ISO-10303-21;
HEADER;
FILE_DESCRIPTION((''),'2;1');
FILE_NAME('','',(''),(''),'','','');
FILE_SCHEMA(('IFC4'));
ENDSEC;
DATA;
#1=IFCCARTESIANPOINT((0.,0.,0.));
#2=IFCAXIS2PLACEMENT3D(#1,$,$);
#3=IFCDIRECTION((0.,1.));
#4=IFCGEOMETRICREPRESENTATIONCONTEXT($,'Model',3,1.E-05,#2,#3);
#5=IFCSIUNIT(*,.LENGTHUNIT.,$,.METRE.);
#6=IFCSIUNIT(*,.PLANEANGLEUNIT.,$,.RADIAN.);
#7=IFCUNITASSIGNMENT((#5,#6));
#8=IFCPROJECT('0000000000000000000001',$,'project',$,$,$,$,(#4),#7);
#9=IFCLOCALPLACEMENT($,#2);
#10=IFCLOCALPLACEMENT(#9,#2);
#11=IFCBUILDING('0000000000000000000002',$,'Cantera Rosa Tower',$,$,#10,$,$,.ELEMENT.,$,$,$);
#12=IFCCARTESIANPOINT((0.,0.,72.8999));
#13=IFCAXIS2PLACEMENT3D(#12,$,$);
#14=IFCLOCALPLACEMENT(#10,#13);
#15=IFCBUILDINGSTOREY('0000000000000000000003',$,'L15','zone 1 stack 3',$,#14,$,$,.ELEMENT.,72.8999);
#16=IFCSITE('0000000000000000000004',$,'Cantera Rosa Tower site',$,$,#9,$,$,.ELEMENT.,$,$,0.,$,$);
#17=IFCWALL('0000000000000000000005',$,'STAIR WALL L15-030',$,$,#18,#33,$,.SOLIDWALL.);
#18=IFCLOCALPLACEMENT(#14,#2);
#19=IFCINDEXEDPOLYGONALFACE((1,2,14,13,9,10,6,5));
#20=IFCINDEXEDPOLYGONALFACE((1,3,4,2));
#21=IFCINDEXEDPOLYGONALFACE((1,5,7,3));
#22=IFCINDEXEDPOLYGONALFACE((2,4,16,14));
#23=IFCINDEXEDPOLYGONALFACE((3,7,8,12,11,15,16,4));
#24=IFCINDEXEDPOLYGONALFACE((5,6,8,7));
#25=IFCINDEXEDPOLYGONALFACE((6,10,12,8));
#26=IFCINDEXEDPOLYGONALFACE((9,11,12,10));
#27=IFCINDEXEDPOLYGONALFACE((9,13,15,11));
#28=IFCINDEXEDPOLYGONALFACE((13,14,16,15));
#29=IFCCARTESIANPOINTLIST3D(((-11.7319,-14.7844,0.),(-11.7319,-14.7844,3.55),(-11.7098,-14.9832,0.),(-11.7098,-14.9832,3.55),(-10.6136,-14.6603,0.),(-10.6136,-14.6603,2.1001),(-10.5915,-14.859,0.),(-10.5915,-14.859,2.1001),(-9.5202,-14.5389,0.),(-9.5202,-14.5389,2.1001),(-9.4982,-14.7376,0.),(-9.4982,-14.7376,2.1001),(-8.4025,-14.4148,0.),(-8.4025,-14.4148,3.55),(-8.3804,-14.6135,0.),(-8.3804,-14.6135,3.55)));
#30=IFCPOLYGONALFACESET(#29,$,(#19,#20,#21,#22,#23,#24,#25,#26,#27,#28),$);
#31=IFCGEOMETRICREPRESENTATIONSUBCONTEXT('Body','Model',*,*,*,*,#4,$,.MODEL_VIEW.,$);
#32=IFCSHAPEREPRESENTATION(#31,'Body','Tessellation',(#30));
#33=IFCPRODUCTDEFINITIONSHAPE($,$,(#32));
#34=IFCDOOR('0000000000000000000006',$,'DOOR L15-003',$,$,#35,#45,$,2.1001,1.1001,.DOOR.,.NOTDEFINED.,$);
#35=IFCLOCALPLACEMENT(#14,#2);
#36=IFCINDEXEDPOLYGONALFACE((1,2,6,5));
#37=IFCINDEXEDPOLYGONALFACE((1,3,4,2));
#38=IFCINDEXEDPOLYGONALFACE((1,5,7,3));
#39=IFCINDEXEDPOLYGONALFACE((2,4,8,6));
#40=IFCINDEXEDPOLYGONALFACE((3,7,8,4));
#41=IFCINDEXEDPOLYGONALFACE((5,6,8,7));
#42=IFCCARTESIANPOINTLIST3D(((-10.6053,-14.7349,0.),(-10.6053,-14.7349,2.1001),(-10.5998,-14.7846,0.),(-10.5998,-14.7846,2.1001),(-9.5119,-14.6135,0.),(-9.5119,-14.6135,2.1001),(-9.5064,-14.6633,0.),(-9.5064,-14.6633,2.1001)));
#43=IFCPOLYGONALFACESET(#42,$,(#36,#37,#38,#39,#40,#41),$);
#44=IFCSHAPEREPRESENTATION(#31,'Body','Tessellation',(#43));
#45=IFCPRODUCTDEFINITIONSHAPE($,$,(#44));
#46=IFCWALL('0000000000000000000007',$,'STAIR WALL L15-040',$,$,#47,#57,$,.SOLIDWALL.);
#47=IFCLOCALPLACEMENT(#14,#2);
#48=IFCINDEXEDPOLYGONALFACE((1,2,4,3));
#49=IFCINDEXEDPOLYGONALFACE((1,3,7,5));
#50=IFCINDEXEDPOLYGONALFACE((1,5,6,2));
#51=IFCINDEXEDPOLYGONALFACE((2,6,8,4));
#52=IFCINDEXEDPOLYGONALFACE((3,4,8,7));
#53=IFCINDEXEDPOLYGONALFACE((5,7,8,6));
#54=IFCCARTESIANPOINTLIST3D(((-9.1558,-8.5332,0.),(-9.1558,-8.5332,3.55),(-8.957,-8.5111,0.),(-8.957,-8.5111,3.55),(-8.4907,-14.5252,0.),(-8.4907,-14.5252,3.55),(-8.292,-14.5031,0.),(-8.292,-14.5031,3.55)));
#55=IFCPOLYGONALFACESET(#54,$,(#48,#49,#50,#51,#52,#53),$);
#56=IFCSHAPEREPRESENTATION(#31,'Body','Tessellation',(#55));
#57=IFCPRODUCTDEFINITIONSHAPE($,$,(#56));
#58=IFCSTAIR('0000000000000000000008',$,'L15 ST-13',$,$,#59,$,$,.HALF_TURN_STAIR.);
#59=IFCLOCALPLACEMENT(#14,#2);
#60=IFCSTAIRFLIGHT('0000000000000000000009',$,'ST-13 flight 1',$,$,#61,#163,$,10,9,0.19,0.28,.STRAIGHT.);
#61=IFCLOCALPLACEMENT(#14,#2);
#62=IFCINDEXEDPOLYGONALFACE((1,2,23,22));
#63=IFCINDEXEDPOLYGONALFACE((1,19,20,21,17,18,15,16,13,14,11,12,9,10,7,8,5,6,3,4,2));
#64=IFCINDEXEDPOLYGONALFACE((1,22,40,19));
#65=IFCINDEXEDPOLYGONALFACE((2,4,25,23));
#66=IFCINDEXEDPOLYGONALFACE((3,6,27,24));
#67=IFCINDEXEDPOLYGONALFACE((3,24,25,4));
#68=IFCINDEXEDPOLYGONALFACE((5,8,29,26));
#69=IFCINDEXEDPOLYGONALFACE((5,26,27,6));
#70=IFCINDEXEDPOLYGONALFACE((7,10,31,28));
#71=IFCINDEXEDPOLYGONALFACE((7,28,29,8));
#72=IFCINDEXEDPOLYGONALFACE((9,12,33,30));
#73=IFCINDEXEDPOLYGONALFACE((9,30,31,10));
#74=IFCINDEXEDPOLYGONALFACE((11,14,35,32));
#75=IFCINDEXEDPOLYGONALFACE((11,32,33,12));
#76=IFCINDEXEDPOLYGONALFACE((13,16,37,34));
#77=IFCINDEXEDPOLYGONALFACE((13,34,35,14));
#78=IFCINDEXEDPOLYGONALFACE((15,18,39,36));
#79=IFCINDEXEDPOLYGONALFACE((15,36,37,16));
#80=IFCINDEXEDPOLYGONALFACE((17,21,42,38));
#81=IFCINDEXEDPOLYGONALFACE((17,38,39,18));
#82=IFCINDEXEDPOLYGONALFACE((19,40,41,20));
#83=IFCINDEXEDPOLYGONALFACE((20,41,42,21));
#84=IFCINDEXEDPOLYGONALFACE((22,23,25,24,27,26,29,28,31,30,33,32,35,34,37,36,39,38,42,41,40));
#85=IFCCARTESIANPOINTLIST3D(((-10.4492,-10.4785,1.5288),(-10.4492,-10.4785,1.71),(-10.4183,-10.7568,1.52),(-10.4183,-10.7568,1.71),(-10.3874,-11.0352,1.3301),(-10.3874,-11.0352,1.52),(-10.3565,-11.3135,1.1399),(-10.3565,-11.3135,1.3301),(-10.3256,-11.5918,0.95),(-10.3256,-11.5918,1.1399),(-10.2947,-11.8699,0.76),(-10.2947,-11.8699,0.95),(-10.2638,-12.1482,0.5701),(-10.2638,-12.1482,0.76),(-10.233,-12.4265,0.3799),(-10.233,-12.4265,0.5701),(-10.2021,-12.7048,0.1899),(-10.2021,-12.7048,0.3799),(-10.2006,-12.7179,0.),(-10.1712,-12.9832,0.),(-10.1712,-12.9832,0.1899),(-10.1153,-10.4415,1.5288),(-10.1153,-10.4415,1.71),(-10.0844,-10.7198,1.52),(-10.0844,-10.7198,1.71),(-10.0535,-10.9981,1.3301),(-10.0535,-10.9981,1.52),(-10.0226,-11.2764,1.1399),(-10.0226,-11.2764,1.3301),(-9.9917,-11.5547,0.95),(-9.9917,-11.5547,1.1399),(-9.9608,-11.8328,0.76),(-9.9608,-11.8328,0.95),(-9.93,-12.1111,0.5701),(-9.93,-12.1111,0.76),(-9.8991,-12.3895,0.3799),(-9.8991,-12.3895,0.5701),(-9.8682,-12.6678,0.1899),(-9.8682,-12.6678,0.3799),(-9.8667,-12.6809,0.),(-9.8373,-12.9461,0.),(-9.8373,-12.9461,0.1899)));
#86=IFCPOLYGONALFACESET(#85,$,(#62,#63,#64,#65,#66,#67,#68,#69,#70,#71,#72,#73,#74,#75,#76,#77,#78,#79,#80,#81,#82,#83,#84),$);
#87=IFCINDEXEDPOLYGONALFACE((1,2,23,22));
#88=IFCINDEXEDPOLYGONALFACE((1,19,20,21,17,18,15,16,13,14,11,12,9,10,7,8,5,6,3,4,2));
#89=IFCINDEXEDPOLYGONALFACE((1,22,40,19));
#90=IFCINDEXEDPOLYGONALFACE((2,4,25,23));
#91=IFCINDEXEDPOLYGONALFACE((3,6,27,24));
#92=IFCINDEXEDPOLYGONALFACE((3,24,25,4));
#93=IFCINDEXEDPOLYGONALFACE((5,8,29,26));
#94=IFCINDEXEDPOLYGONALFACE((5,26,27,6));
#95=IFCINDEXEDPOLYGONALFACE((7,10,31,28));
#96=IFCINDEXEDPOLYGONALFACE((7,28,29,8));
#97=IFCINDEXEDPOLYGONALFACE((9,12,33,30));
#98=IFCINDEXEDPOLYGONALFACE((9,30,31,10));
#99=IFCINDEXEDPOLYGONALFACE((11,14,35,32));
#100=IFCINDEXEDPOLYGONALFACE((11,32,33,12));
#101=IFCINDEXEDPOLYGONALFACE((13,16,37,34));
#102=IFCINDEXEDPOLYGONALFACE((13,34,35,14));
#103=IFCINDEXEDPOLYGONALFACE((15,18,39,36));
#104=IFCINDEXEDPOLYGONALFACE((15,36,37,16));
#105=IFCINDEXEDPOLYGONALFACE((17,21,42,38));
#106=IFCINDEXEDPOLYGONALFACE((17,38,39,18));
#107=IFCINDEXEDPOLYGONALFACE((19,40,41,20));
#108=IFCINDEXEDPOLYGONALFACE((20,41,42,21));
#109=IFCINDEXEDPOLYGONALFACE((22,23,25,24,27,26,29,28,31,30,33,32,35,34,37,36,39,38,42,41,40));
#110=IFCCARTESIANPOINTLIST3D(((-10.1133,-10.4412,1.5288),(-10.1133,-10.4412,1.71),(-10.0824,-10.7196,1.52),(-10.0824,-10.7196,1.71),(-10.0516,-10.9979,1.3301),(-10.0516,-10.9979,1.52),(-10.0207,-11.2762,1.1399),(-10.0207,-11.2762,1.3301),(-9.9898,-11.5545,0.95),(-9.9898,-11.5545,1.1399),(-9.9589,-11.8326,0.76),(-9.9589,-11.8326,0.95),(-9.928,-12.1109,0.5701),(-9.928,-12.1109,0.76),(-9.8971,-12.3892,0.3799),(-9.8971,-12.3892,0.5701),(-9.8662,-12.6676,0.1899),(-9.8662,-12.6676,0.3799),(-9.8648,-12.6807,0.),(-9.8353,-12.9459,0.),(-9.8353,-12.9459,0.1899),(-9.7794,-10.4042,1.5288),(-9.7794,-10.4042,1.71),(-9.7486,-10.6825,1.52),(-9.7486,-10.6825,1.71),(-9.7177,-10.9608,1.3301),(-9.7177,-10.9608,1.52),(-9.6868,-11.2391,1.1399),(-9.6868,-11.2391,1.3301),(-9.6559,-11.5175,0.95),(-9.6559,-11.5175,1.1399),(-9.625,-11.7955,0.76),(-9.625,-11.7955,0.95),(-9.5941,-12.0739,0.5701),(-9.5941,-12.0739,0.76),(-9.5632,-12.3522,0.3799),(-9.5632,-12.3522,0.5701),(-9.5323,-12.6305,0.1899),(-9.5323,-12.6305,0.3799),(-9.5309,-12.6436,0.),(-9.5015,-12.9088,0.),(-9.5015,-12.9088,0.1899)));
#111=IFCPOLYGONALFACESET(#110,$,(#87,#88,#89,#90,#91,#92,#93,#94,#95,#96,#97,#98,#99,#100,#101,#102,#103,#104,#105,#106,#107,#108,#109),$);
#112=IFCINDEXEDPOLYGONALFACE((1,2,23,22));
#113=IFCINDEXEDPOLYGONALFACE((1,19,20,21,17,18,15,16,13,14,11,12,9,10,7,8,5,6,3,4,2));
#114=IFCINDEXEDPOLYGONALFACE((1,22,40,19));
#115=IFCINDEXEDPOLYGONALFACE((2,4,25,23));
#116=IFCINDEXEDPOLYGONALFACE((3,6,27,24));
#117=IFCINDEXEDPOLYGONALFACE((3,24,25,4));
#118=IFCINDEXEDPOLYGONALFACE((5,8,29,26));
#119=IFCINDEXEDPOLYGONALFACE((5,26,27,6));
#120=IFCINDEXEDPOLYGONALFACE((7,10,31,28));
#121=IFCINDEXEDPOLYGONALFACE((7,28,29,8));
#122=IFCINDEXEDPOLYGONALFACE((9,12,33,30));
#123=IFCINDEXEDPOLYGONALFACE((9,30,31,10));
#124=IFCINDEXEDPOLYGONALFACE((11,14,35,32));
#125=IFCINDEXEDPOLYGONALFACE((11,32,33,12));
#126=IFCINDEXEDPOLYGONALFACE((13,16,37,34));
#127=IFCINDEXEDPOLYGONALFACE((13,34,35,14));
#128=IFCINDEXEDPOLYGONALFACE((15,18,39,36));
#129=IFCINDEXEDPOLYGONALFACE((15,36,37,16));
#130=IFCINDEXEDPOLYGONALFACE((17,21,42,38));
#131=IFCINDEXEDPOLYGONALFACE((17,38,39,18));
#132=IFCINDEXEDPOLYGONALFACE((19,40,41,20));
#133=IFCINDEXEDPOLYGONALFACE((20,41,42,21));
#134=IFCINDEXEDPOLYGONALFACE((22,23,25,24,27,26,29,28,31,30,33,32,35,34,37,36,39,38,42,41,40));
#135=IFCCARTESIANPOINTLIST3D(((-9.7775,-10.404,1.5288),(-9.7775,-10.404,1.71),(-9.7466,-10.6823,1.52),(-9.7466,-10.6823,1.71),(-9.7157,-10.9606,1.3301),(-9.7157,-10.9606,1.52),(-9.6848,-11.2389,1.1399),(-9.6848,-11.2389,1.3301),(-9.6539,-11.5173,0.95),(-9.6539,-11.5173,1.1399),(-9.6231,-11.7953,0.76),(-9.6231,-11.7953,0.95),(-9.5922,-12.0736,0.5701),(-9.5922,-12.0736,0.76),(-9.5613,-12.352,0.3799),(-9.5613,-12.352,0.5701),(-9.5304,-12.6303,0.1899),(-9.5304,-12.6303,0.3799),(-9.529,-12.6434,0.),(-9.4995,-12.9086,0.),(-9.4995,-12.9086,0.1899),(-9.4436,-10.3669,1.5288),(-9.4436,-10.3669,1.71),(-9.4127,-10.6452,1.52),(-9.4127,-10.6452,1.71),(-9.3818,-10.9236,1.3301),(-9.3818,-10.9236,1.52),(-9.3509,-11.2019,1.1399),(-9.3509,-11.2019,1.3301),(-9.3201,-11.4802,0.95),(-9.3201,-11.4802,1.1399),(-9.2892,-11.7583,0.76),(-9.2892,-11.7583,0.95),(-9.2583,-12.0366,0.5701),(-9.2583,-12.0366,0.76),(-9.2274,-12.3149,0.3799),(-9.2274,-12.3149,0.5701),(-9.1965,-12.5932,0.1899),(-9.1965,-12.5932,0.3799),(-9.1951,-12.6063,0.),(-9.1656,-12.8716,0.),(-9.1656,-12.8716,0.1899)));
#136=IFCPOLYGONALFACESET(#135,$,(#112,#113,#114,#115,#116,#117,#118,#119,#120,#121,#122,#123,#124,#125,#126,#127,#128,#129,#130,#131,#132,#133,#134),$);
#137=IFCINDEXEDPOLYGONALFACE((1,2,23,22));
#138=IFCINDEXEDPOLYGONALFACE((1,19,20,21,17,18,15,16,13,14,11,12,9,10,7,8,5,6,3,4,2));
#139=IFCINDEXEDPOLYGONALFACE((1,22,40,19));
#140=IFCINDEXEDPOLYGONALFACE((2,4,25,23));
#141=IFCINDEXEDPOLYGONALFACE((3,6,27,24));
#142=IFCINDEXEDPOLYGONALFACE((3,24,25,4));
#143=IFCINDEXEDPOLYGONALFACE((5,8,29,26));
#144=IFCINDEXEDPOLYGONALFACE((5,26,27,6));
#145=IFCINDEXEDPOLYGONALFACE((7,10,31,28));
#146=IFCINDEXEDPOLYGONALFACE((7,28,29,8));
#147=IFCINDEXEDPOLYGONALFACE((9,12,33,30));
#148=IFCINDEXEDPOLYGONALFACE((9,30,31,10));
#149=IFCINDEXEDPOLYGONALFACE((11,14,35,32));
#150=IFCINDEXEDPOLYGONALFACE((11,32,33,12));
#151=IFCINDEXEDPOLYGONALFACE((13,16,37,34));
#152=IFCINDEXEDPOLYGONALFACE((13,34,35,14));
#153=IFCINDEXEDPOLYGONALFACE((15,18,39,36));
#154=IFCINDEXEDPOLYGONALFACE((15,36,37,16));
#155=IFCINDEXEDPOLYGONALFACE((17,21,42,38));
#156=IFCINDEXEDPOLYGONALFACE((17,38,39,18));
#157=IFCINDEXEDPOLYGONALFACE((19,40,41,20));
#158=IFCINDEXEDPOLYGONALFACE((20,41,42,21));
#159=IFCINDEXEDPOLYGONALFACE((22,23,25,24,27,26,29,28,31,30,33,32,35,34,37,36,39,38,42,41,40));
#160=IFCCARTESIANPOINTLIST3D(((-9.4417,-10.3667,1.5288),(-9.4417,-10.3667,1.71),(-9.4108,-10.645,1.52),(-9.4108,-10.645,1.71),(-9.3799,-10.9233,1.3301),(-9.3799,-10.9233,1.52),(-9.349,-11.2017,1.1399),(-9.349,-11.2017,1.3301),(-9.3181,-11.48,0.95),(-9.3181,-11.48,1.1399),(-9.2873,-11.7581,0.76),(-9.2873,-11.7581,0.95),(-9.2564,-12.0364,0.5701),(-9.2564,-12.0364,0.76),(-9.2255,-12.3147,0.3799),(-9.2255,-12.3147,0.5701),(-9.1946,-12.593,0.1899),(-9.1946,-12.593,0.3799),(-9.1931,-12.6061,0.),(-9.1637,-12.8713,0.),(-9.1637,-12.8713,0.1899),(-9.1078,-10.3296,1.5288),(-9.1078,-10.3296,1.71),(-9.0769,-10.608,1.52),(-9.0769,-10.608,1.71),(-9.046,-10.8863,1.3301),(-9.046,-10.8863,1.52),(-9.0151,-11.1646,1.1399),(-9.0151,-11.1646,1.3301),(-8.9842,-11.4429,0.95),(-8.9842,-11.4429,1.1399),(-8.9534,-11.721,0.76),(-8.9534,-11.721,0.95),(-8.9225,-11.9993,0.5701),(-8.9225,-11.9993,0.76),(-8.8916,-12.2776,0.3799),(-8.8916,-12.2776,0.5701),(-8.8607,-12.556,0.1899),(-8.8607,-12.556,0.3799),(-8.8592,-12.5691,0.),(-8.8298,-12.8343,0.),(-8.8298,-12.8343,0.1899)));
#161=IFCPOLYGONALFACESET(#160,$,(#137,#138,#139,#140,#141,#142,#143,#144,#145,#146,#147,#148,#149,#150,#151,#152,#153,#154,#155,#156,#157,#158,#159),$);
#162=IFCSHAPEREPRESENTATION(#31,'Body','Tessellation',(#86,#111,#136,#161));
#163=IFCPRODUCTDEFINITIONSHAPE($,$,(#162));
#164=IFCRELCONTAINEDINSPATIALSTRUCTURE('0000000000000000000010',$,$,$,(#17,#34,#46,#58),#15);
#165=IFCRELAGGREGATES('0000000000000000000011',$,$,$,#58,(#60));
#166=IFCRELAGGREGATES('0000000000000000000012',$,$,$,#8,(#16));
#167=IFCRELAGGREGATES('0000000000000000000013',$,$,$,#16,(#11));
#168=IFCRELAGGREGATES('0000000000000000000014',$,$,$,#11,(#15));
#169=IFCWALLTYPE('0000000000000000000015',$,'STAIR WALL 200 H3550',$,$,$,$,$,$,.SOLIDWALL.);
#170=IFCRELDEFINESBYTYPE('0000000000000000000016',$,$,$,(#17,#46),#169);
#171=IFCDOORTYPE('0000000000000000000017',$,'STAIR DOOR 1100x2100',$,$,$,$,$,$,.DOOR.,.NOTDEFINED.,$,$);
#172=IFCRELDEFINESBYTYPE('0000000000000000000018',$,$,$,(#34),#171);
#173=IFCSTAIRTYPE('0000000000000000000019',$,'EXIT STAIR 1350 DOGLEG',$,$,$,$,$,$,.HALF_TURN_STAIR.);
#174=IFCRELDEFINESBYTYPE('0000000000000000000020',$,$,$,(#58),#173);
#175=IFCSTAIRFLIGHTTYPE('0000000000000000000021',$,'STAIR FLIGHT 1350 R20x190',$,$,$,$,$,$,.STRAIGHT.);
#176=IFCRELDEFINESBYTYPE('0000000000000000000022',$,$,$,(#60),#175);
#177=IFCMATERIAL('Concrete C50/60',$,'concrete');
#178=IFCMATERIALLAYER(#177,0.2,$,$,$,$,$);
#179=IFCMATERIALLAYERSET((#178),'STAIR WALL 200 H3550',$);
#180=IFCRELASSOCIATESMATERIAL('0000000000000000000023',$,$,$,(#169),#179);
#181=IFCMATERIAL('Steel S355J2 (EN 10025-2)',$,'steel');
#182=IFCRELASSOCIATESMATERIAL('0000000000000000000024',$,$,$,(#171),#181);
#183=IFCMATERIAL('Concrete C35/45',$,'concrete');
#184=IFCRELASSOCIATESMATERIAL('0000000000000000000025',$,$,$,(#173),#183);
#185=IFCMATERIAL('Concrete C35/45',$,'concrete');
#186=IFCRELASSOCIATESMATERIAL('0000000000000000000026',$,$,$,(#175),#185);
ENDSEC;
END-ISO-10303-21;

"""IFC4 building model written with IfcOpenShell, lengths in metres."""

from ifc_helpers import new_model, si_unit, direction, frame, frame_2d, origin, place, context, subcontext, project, spatial, polyline, rectangle, outline, extrude, material, layer, layer_set, type_object, element, fill, aggregate, save


model = new_model("IFC4")

# Units and contexts
model_context = context("Model", 3, precision=1e-05, world=origin(), true_north=direction((0.0, 1.0)))
body_context = subcontext(model_context, "Body", "Model", "MODEL_VIEW")
ifc_project = project(units=[si_unit("LENGTHUNIT", "METRE"), si_unit("PLANEANGLEUNIT", "RADIAN")], contexts=[model_context])

# Site, building, storey
site_placement = place(None, origin())
site = spatial("IfcSite", under=ifc_project, at=site_placement, Name="Cantera Rosa Tower site", CompositionType="ELEMENT", RefElevation=0.0)
building_placement = place(site_placement, origin())
building = spatial("IfcBuilding", under=site, at=building_placement, Name="Cantera Rosa Tower", CompositionType="ELEMENT")
storey_placement = place(building_placement, frame((0.0, 0.0, 72.8999)))
storey = spatial("IfcBuildingStorey", under=building, at=storey_placement, Name="L15", Description="zone 1 stack 3", CompositionType="ELEMENT", Elevation=72.8999)

# Wall, opening, door
ifc_material_1 = material(Name="Concrete C50/60", Category="concrete")
ifc_layer_1 = layer(ifc_material_1, 0.2)
ifc_layer_set_1 = layer_set([ifc_layer_1], Name="STAIR WALL 200 H3550")
wall_type_1 = type_object("IfcWallType", Name="STAIR WALL 200 H3550", PredefinedType="SOLIDWALL", material=ifc_layer_set_1)
wall_1_placement = place(storey_placement, frame((-11.7207, -14.8838, 0.0), z_axis=(0.0, 0.0, 1.0), x_axis=(0.993894, 0.110344, 0.0)))
wall_1 = element("IfcWall", 1, at=wall_1_placement, inside=storey, type_object=wall_type_1, Name="STAIR WALL L15-030", PredefinedType="SOLIDWALL", context=body_context, shape_type="SweptSolid", body=[
    extrude(rectangle(XDim=3.3499, YDim=0.2, at=frame_2d((1.6748, 0.0))), origin(), (0.0, 0.0, 1.0), 3.55),
])
opening_1_placement = place(wall_1_placement, frame((1.125, 0.0, 0.0)))
opening_1 = element("IfcOpeningElement", 2, at=opening_1_placement, cuts=wall_1, PredefinedType="OPENING", context=body_context, shape_type="SweptSolid", body=[
    extrude(rectangle(XDim=1.1001, YDim=2.1001, at=frame_2d((0.55, 1.05))), frame((0.0, 0.1099, 0.0), z_axis=(0.0, -1.0, 0.0), x_axis=(1.0, 0.0, 0.0)), (0.0, 0.0, 1.0), 0.22),
])
ifc_material_2 = material(Name="Steel S355J2 (EN 10025-2)", Category="steel")
door_type_1 = type_object("IfcDoorType", Name="STAIR DOOR 1100x2100", OperationType="NOTDEFINED", PredefinedType="DOOR", material=ifc_material_2)
door_1_placement = place(opening_1_placement, origin())
door_1 = element("IfcDoor", 3, at=door_1_placement, inside=storey, type_object=door_type_1, Name="DOOR L15-003", OperationType="NOTDEFINED", OverallHeight=2.1001, OverallWidth=1.1001, PredefinedType="DOOR", context=body_context, shape_type="SweptSolid", body=[
    extrude(rectangle(XDim=1.1001, YDim=2.1001, at=frame_2d((0.55, 1.05))), frame((0.0, 0.0249, 0.0), z_axis=(0.0, -1.0, 0.0), x_axis=(1.0, 0.0, 0.0)), (0.0, 0.0, 1.0), 0.05),
])
fill(opening_1, door_1)

# Wall
wall_2_placement = place(storey_placement, frame((-8.3914, -14.5142, 0.0), z_axis=(0.0, 0.0, 1.0), x_axis=(-0.110312, 0.993897, 0.0)))
element("IfcWall", 4, at=wall_2_placement, inside=storey, type_object=wall_type_1, Name="STAIR WALL L15-040", PredefinedType="SOLIDWALL", context=body_context, shape_type="SweptSolid", body=[
    extrude(rectangle(XDim=6.0288, YDim=0.2, at=frame_2d((3.0144, 0.0))), origin(), (0.0, 0.0, 1.0), 3.55),
])

# Stair, stair flight
ifc_material_3 = material(Name="Concrete C35/45", Category="concrete")
stair_type = type_object("IfcStairType", Name="EXIT STAIR 1350 DOGLEG", PredefinedType="HALF_TURN_STAIR", material=ifc_material_3)
stair_placement = place(storey_placement, origin())
stair = element("IfcStair", 5, at=stair_placement, inside=storey, type_object=stair_type, Name="L15 ST-13", PredefinedType="HALF_TURN_STAIR")
ifc_material_4 = material(Name="Concrete C35/45", Category="concrete")
stair_flight_type = type_object("IfcStairFlightType", Name="STAIR FLIGHT 1350 R20x190", PredefinedType="STRAIGHT", material=ifc_material_4)
stair_flight_placement = place(storey_placement, frame((-9.5002, -12.9087, 0.0), z_axis=(0.0, 0.0, 1.0), x_axis=(-0.110313, 0.993897, 0.0)))
stair_flight = element("IfcStairFlight", 6, at=stair_flight_placement, type_object=stair_flight_type, Name="ST-13 flight 1", NumberOfRisers=10, NumberOfTreads=9, PredefinedType="STRAIGHT", RiserHeight=0.19, TreadLength=0.28, context=body_context, shape_type="SweptSolid", body=[
    extrude(outline(polyline([(0.0, 0.0), (0.0, 0.1899), (0.28, 0.1899), (0.28, 0.3799), (0.5601, 0.3799), (0.5601, 0.5701), (0.8401, 0.5701), (0.8401, 0.76), (1.1201, 0.76), (1.1201, 0.95), (1.3999, 0.95), (1.3999, 1.1399), (1.6799, 1.1399), (1.6799, 1.3301), (1.96, 1.3301), (1.96, 1.52), (2.24, 1.52), (2.24, 1.71), (2.52, 1.71), (2.52, 1.8999), (2.52, 1.5288), (0.2668, 0.0), (0.0, 0.0)])), frame((0.0, 0.675, 0.0), z_axis=(0.0, -1.0, 0.0), x_axis=(1.0, 0.0, 0.0)), (0.0, 0.0, 1.0), 0.3359),
    extrude(outline(polyline([(0.0, 0.0), (0.0, 0.1899), (0.28, 0.1899), (0.28, 0.3799), (0.5601, 0.3799), (0.5601, 0.5701), (0.8401, 0.5701), (0.8401, 0.76), (1.1201, 0.76), (1.1201, 0.95), (1.3999, 0.95), (1.3999, 1.1399), (1.6799, 1.1399), (1.6799, 1.3301), (1.96, 1.3301), (1.96, 1.52), (2.24, 1.52), (2.24, 1.71), (2.52, 1.71), (2.52, 1.8999), (2.52, 1.5288), (0.2668, 0.0), (0.0, 0.0)])), frame((0.0, 0.3372, 0.0), z_axis=(0.0, -1.0, 0.0), x_axis=(1.0, 0.0, 0.0)), (0.0, 0.0, 1.0), 0.3359),
    extrude(outline(polyline([(0.0, 0.0), (0.0, 0.1899), (0.28, 0.1899), (0.28, 0.3799), (0.5601, 0.3799), (0.5601, 0.5701), (0.8401, 0.5701), (0.8401, 0.76), (1.1201, 0.76), (1.1201, 0.95), (1.3999, 0.95), (1.3999, 1.1399), (1.6799, 1.1399), (1.6799, 1.3301), (1.96, 1.3301), (1.96, 1.52), (2.24, 1.52), (2.24, 1.71), (2.52, 1.71), (2.52, 1.8999), (2.52, 1.5288), (0.2668, 0.0), (0.0, 0.0)])), frame((0.0, -0.0007, 0.0), z_axis=(0.0, -1.0, 0.0), x_axis=(1.0, 0.0, 0.0)), (0.0, 0.0, 1.0), 0.3359),
    extrude(outline(polyline([(0.0, 0.0), (0.0, 0.1899), (0.28, 0.1899), (0.28, 0.3799), (0.5601, 0.3799), (0.5601, 0.5701), (0.8401, 0.5701), (0.8401, 0.76), (1.1201, 0.76), (1.1201, 0.95), (1.3999, 0.95), (1.3999, 1.1399), (1.6799, 1.1399), (1.6799, 1.3301), (1.96, 1.3301), (1.96, 1.52), (2.24, 1.52), (2.24, 1.71), (2.52, 1.71), (2.52, 1.8999), (2.52, 1.5288), (0.2668, 0.0), (0.0, 0.0)])), frame((0.0, -0.3386, 0.0), z_axis=(0.0, -1.0, 0.0), x_axis=(1.0, 0.0, 0.0)), (0.0, 0.0, 1.0), 0.3359),
])
aggregate(stair, [stair_flight])

save(model, "model.ifc")
